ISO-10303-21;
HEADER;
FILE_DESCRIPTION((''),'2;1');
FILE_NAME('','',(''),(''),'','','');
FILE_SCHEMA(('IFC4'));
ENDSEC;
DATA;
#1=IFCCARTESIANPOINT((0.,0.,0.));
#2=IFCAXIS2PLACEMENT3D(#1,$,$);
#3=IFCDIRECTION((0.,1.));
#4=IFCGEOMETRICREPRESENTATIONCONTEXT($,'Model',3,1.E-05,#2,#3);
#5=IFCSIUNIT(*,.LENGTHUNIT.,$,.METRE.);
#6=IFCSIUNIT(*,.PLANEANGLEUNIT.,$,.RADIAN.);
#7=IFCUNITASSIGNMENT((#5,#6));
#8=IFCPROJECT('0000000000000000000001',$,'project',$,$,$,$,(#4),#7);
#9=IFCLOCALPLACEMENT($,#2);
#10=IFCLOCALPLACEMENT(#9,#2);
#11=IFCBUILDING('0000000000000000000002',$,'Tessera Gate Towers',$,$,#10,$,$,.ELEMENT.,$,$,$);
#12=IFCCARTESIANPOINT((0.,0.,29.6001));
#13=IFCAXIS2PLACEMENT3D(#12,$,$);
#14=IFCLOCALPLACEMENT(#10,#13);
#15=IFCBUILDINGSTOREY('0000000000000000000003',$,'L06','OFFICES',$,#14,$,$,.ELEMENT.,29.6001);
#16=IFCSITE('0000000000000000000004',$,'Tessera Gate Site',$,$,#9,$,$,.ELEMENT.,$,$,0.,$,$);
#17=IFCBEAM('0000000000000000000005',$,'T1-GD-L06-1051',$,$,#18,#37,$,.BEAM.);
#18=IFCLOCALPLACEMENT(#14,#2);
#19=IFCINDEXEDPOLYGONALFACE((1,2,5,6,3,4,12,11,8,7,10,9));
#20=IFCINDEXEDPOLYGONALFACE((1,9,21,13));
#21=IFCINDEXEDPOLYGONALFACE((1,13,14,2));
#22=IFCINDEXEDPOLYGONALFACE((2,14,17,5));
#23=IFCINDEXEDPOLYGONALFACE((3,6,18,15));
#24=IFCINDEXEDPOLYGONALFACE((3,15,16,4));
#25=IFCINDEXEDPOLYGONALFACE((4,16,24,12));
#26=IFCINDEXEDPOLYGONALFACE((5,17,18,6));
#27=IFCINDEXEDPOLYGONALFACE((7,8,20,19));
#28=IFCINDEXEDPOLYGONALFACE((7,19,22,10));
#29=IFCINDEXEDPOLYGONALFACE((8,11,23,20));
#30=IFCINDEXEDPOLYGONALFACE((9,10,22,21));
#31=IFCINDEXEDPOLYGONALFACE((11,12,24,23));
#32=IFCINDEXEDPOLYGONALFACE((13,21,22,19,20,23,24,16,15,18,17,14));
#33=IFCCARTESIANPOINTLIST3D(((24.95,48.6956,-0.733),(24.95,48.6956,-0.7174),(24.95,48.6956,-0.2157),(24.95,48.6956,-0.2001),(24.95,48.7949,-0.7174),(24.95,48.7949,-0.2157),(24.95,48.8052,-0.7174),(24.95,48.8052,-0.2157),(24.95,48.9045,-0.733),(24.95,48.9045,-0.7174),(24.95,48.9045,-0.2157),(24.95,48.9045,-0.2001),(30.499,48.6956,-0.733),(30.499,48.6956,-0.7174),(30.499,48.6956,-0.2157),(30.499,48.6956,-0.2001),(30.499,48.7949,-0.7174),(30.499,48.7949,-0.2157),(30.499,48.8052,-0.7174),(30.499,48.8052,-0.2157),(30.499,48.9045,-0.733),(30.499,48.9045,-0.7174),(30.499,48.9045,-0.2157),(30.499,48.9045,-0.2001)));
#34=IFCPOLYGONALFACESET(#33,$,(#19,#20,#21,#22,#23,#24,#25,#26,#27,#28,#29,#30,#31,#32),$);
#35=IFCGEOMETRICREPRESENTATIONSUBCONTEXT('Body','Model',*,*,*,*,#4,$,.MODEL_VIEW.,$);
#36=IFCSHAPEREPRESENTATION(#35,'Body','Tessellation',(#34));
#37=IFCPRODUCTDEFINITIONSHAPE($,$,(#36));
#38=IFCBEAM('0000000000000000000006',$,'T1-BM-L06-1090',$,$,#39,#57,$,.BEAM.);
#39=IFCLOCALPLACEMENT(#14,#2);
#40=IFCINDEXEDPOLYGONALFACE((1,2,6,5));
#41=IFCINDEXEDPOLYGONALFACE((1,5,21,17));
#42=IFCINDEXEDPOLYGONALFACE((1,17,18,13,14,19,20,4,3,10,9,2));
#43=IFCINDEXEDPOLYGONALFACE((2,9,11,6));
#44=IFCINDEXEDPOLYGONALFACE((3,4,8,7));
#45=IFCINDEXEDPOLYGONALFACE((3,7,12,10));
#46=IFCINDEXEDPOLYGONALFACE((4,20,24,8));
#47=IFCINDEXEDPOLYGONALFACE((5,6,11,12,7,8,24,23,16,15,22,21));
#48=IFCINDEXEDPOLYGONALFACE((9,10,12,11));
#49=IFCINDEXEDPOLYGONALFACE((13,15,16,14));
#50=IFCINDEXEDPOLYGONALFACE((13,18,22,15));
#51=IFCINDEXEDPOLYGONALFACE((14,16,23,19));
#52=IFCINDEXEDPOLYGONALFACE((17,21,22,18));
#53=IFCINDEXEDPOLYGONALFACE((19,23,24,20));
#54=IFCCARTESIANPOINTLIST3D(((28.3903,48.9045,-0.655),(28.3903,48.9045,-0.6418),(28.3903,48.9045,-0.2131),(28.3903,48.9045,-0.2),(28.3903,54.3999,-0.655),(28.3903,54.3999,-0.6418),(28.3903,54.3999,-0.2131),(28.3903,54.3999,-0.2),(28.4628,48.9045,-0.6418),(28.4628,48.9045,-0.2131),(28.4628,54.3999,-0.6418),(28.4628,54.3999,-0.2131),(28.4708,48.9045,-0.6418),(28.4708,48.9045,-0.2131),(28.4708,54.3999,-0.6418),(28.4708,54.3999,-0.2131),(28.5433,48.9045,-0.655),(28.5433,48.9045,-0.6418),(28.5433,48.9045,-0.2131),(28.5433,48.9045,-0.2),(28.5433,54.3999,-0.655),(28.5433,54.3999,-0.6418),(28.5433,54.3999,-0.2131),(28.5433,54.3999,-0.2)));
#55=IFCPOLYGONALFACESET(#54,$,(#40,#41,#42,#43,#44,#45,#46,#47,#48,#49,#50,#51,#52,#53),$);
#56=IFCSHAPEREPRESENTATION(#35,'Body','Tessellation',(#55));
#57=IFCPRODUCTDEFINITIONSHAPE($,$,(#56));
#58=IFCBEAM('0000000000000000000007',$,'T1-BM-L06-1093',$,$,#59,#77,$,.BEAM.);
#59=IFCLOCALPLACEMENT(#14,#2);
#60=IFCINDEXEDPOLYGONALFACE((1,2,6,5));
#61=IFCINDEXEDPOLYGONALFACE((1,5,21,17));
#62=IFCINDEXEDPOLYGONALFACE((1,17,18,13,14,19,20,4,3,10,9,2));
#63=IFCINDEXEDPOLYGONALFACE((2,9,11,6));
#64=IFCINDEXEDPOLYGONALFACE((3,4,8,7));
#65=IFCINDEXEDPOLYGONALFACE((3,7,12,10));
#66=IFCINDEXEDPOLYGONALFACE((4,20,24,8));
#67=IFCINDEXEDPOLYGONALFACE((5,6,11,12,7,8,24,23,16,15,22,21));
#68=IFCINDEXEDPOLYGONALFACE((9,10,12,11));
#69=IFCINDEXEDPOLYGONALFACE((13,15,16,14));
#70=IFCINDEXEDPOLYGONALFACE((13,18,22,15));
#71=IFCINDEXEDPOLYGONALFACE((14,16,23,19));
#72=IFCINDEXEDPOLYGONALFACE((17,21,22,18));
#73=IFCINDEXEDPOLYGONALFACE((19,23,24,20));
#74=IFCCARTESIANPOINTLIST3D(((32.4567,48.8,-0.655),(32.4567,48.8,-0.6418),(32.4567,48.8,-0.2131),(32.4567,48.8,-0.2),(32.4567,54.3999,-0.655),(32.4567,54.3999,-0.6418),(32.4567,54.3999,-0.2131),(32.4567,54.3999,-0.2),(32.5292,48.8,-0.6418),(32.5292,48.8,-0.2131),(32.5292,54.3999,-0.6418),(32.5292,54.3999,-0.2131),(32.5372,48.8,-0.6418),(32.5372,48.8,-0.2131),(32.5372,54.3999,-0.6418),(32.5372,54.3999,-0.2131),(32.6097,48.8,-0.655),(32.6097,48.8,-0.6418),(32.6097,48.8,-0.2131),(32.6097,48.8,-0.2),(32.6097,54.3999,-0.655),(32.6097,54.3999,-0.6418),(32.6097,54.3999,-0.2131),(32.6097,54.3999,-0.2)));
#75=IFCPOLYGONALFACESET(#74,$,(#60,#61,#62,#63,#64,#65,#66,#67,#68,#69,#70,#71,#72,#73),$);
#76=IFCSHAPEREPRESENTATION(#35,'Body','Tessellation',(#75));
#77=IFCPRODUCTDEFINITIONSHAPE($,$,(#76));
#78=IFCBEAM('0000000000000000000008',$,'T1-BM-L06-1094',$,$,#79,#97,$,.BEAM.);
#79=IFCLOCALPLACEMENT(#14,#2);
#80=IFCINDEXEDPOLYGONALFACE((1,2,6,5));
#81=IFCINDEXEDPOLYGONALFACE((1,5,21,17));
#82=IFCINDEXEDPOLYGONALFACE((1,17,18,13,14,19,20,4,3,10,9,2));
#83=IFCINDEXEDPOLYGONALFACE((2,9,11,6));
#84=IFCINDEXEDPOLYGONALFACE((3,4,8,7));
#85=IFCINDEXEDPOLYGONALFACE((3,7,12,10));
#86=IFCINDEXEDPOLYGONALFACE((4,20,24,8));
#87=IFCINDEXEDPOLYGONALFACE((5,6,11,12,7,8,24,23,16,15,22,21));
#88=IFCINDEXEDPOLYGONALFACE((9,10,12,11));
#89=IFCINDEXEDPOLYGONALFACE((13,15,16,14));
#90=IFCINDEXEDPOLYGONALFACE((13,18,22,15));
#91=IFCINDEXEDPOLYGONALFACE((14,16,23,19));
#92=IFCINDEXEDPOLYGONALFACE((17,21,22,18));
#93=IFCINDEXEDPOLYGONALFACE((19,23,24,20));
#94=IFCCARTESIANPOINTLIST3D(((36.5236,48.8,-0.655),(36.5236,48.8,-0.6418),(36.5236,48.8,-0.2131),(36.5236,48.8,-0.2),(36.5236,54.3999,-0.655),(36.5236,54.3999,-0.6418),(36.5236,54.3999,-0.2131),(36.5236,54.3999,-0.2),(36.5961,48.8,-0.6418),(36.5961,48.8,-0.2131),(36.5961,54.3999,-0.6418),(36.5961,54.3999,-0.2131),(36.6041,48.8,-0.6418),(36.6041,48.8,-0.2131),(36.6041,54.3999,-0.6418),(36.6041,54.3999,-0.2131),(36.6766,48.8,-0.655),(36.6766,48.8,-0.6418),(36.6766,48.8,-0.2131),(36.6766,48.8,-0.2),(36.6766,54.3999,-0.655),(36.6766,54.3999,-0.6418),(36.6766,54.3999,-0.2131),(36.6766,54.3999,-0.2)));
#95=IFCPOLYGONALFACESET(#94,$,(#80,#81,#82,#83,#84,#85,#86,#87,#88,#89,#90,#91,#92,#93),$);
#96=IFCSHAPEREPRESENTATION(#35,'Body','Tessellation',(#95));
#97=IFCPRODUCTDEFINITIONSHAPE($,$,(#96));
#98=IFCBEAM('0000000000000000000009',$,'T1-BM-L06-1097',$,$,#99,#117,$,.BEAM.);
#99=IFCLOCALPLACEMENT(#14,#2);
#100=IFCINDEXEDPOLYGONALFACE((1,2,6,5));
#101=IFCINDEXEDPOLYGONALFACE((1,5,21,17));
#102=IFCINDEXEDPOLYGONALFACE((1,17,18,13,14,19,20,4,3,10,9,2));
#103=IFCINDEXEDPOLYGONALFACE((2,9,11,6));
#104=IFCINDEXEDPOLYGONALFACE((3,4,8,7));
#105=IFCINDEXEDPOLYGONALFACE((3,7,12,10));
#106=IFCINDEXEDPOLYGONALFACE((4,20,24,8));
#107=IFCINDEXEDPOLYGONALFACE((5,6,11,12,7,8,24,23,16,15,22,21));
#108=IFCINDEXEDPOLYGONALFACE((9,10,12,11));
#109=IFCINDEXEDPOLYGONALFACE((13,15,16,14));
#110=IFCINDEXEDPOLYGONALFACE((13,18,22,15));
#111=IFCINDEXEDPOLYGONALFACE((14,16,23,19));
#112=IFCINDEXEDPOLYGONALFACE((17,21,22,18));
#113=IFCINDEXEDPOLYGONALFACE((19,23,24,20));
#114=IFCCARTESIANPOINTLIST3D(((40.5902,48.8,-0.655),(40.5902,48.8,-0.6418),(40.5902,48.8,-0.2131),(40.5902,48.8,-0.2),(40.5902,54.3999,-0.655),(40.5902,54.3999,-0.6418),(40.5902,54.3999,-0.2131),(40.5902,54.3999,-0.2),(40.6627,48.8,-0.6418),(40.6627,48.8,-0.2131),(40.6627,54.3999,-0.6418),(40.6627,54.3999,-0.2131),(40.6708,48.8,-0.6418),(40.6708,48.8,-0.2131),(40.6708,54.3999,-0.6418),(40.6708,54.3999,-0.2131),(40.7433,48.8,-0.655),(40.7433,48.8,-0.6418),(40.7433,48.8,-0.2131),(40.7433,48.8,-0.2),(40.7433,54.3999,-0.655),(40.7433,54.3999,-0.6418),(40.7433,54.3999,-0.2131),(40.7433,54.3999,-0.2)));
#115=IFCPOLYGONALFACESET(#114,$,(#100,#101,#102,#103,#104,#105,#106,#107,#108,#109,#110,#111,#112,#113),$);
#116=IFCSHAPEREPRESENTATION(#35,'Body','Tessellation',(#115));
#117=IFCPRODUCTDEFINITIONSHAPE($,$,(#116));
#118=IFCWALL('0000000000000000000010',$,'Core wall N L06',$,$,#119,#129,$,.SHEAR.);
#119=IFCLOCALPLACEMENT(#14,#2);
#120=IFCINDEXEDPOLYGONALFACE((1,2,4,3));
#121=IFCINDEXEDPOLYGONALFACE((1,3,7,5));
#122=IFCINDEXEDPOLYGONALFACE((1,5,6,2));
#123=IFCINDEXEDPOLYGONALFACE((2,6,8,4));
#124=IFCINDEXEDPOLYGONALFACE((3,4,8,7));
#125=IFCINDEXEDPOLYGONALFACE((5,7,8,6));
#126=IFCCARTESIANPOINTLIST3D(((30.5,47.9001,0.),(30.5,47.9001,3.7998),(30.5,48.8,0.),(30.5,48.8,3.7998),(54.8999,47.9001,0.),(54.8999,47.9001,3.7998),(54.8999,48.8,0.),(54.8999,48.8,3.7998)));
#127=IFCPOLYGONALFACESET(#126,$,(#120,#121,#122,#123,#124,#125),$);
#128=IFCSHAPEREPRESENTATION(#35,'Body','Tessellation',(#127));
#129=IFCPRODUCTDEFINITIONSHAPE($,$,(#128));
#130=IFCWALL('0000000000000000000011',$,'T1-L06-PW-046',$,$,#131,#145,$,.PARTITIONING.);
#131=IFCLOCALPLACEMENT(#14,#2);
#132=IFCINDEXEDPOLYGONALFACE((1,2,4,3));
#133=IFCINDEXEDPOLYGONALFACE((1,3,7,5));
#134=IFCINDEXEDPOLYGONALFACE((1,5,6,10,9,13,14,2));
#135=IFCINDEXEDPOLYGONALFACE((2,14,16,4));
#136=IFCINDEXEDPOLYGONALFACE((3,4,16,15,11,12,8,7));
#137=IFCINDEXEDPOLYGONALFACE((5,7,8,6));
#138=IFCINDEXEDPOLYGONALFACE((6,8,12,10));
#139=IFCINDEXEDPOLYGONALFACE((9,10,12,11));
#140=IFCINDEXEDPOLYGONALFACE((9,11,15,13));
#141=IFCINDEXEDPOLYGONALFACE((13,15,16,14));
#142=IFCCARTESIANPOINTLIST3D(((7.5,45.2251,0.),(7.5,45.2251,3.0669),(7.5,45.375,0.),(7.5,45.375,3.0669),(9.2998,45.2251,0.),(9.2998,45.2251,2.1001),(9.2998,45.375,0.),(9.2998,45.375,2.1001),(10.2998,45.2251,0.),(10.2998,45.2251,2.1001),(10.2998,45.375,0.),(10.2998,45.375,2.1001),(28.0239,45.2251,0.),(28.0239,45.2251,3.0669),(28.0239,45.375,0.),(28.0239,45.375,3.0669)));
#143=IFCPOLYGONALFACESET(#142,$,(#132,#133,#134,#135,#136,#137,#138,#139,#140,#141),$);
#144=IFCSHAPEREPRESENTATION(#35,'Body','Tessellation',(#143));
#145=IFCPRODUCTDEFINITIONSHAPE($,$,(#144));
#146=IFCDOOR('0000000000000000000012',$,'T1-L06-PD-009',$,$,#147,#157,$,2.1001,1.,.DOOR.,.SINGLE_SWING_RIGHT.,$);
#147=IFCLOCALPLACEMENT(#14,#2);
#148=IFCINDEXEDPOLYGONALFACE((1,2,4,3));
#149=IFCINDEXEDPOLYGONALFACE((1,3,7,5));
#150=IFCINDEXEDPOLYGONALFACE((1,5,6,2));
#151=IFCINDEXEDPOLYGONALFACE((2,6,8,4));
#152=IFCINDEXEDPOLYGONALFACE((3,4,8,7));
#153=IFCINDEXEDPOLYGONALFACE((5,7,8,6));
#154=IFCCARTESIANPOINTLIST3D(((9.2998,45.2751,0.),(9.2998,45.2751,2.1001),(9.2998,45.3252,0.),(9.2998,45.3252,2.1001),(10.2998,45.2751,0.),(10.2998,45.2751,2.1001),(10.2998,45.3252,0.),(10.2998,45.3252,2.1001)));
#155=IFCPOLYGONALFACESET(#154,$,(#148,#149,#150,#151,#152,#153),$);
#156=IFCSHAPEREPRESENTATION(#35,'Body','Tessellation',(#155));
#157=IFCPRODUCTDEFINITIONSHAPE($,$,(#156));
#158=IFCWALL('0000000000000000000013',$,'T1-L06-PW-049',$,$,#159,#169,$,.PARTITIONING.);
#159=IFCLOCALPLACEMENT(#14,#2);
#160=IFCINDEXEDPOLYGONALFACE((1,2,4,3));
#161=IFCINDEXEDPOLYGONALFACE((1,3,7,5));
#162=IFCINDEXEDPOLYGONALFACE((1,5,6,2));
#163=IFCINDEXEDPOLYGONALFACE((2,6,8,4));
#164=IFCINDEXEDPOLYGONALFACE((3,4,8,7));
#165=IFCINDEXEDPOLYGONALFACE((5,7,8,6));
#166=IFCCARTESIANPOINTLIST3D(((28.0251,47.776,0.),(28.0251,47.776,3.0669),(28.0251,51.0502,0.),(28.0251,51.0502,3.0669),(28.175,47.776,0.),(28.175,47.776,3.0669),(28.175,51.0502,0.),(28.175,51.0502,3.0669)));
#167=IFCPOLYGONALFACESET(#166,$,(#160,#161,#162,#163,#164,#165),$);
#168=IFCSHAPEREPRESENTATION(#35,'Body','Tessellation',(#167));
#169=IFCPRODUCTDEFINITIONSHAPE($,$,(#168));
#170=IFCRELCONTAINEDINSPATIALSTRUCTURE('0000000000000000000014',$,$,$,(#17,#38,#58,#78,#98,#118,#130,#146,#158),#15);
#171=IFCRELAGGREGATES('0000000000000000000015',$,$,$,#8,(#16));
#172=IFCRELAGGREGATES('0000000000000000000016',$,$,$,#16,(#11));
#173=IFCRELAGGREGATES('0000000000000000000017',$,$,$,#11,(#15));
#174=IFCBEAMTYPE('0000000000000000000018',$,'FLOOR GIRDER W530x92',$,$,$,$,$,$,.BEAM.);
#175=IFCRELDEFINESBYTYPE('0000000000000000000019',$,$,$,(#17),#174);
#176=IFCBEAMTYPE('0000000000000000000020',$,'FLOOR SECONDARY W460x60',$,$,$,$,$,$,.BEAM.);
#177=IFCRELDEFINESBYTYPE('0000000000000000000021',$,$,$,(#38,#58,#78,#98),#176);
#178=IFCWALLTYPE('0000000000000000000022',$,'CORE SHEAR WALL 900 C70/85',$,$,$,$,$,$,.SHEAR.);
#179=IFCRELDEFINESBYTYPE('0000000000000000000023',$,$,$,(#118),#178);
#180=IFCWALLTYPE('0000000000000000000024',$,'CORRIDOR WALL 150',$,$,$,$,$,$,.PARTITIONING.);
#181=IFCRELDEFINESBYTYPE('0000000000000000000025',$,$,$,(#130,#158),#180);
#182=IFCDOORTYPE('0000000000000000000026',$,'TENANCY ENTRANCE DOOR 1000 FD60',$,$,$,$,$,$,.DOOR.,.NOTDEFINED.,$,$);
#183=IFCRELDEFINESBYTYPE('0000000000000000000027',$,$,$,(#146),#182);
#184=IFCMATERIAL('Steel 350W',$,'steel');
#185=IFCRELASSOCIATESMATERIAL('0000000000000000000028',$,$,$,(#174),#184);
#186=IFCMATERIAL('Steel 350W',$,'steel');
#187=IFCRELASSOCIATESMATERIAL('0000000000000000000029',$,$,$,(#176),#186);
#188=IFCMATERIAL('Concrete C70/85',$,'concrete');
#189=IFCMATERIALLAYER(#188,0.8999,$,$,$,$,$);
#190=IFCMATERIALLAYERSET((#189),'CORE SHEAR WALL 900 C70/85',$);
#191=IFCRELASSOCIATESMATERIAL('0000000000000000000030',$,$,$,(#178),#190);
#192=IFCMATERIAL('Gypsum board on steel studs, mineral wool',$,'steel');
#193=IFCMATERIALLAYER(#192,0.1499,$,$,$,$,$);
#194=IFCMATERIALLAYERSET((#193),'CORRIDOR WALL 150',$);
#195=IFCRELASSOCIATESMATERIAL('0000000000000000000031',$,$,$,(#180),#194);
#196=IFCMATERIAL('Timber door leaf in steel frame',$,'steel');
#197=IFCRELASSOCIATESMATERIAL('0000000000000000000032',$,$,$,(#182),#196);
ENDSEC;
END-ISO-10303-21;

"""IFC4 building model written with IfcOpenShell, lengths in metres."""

from ifc_helpers import new_model, si_unit, direction, frame, frame_2d, origin, origin_2d, place, context, subcontext, project, spatial, rectangle, i_section, extrude, source, transform, mapped, material, layer, layer_set, material_profile, profile_set, type_object, element, fill, save


model = new_model("IFC4")

# Units and contexts
model_context = context("Model", 3, precision=1e-05, world=origin(), true_north=direction((0.0, 1.0)))
body_context = subcontext(model_context, "Body", "Model", "MODEL_VIEW")
ifc_project = project(units=[si_unit("LENGTHUNIT", "METRE"), si_unit("PLANEANGLEUNIT", "RADIAN")], contexts=[model_context])

# Site, building, storey
site_placement = place(None, origin())
site = spatial("IfcSite", under=ifc_project, at=site_placement, Name="Tessera Gate Site", CompositionType="ELEMENT", RefElevation=0.0)
building_placement = place(site_placement, origin())
building = spatial("IfcBuilding", under=site, at=building_placement, Name="Tessera Gate Towers", CompositionType="ELEMENT")
storey_placement = place(building_placement, frame((0.0, 0.0, 29.6001)))
storey = spatial("IfcBuildingStorey", under=building, at=storey_placement, Name="L06", Description="OFFICES", CompositionType="ELEMENT", Elevation=29.6001)

# Beams
ifc_material_1 = material(Name="Steel 350W", Category="steel")
ifc_material_profile_1 = material_profile(ifc_material_1, i_section(OverallWidth=0.209, OverallDepth=0.533, WebThickness=0.0103, FlangeThickness=0.0156, at=origin_2d()), Name="W530x92")
ifc_profile_set_1 = profile_set([ifc_material_profile_1], Name="Steel 350W")
beam_type_1 = type_object("IfcBeamType", Name="FLOOR GIRDER W530x92", PredefinedType="BEAM", material=ifc_profile_set_1)
beam_1_placement = place(storey_placement, frame((24.95, 48.8, -0.4666), z_axis=(1.0, 0.0, 0.0), x_axis=(0.0, 1.0, 0.0)))
element("IfcBeam", 1, at=beam_1_placement, inside=storey, type_object=beam_type_1, Name="T1-GD-L06-1051", PredefinedType="BEAM", context=body_context, shape_type="SweptSolid", body=[
    extrude(i_section(OverallWidth=0.209, OverallDepth=0.533, WebThickness=0.0103, FlangeThickness=0.0156, at=origin_2d()), origin(), (0.0, 0.0, 1.0), 5.5491),
])
ifc_material_2 = material(Name="Steel 350W", Category="steel")
ifc_material_profile_2 = material_profile(ifc_material_2, i_section(OverallWidth=0.1531, OverallDepth=0.4551, WebThickness=0.0081, FlangeThickness=0.0132, at=origin_2d()), Name="W460x60")
ifc_profile_set_2 = profile_set([ifc_material_profile_2], Name="Steel 350W")
beam_type_2 = type_object("IfcBeamType", Name="FLOOR SECONDARY W460x60", PredefinedType="BEAM", material=ifc_profile_set_2)
beam_2_placement = place(storey_placement, frame((28.4668, 48.9045, -0.4275), z_axis=(0.0, 1.0, 0.0), x_axis=(-1.0, 0.0, 0.0)))
element("IfcBeam", 2, at=beam_2_placement, inside=storey, type_object=beam_type_2, Name="T1-BM-L06-1090", PredefinedType="BEAM", context=body_context, shape_type="SweptSolid", body=[
    extrude(i_section(OverallWidth=0.1531, OverallDepth=0.4551, WebThickness=0.0081, FlangeThickness=0.0132, at=origin_2d()), origin(), (0.0, 0.0, 1.0), 5.4954),
])
for number, where, z_axis, x_axis, name in (
    (3, (32.5332, 48.8, -0.4275), (0.0, 1.0, 0.0), (-1.0, 0.0, 0.0), "T1-BM-L06-1093"),
    (4, (36.6001, 48.8, -0.4275), (0.0, 1.0, 0.0), (-1.0, 0.0, 0.0), "T1-BM-L06-1094"),
    (5, (40.6667, 48.8, -0.4275), (0.0, 1.0, 0.0), (-1.0, 0.0, 0.0), "T1-BM-L06-1097"),
):
    element("IfcBeam", number, at=place(storey_placement, frame(where, z_axis=z_axis, x_axis=x_axis)), inside=storey, type_object=beam_type_2, Name=name, PredefinedType="BEAM", context=body_context, shape_type="SweptSolid", body=[
        extrude(i_section(OverallWidth=0.1531, OverallDepth=0.4551, WebThickness=0.0081, FlangeThickness=0.0132, at=origin_2d()), origin(), (0.0, 0.0, 1.0), 5.5999),
    ])

# Wall
ifc_material_3 = material(Name="Concrete C70/85", Category="concrete")
ifc_layer_1 = layer(ifc_material_3, 0.8999)
ifc_layer_set_1 = layer_set([ifc_layer_1], Name="CORE SHEAR WALL 900 C70/85")
wall_type_1 = type_object("IfcWallType", Name="CORE SHEAR WALL 900 C70/85", PredefinedType="SHEAR", material=ifc_layer_set_1)
wall_1_placement = place(storey_placement, frame((30.5, 48.3501, 0.0), z_axis=(0.0, 0.0, 1.0), x_axis=(1.0, 0.0, 0.0)))
element("IfcWall", 6, at=wall_1_placement, inside=storey, type_object=wall_type_1, Name="Core wall N L06", PredefinedType="SHEAR", context=body_context, shape_type="SweptSolid", body=[
    extrude(rectangle(XDim=24.3999, YDim=0.8999, at=frame_2d((12.2, 0.0))), origin(), (0.0, 0.0, 1.0), 3.7998),
])

# Wall, opening, door
ifc_material_4 = material(Name="Gypsum board on steel studs, mineral wool", Category="steel")
ifc_layer_2 = layer(ifc_material_4, 0.1499)
ifc_layer_set_2 = layer_set([ifc_layer_2], Name="CORRIDOR WALL 150")
wall_type_2 = type_object("IfcWallType", Name="CORRIDOR WALL 150", PredefinedType="PARTITIONING", material=ifc_layer_set_2)
wall_2_placement = place(storey_placement, frame((28.0239, 45.3, 0.0), z_axis=(0.0, 0.0, 1.0), x_axis=(-1.0, 0.0, 0.0)))
wall_2 = element("IfcWall", 7, at=wall_2_placement, inside=storey, type_object=wall_type_2, Name="T1-L06-PW-046", PredefinedType="PARTITIONING", context=body_context, shape_type="SweptSolid", body=[
    extrude(rectangle(XDim=20.5239, YDim=0.1499, at=frame_2d((10.262, 0.0))), origin(), (0.0, 0.0, 1.0), 3.0669),
])
shared_shape_1 = source(origin(), body_context, "Body", "SweptSolid", [
    extrude(rectangle(XDim=1.0, YDim=2.1001, at=frame_2d((0.5, 1.05))), frame((0.0, 0.085, 0.0), z_axis=(0.0, -1.0, 0.0), x_axis=(1.0, 0.0, 0.0)), (0.0, 0.0, 1.0), 0.1699),
])
opening_1_placement = place(wall_2_placement, frame((17.7241, 0.0, 0.0)))
opening_1 = element("IfcOpeningElement", 8, at=opening_1_placement, cuts=wall_2, PredefinedType="OPENING", context=body_context, shape_type="MappedRepresentation", body=[
    mapped(shared_shape_1, transform((0.0, 0.0, 0.0), scale=1.0)),
])
ifc_material_5 = material(Name="Timber door leaf in steel frame", Category="steel")
door_type_1 = type_object("IfcDoorType", Name="TENANCY ENTRANCE DOOR 1000 FD60", OperationType="NOTDEFINED", PredefinedType="DOOR", material=ifc_material_5)
shared_shape_2 = source(origin(), body_context, "Body", "SweptSolid", [
    extrude(rectangle(XDim=1.0, YDim=2.1001, at=frame_2d((0.5, 1.05))), frame((0.0, 0.0249, 0.0), z_axis=(0.0, -1.0, 0.0), x_axis=(1.0, 0.0, 0.0)), (0.0, 0.0, 1.0), 0.05),
])
door_1_placement = place(opening_1_placement, origin())
door_1 = element("IfcDoor", 9, at=door_1_placement, inside=storey, type_object=door_type_1, Name="T1-L06-PD-009", OperationType="SINGLE_SWING_RIGHT", OverallHeight=2.1001, OverallWidth=1.0, PredefinedType="DOOR", context=body_context, shape_type="MappedRepresentation", body=[
    mapped(shared_shape_2, transform((0.0, 0.0, 0.0), scale=1.0)),
])
fill(opening_1, door_1)

# Wall
wall_3_placement = place(storey_placement, frame((28.1001, 47.7759, 0.0), z_axis=(0.0, 0.0, 1.0), x_axis=(0.0, 1.0, 0.0)))
element("IfcWall", 10, at=wall_3_placement, inside=storey, type_object=wall_type_2, Name="T1-L06-PW-049", PredefinedType="PARTITIONING", context=body_context, shape_type="SweptSolid", body=[
    extrude(rectangle(XDim=3.2742, YDim=0.1499, at=frame_2d((1.6372, 0.0))), origin(), (0.0, 0.0, 1.0), 3.0669),
])

save(model, "model.ifc")
